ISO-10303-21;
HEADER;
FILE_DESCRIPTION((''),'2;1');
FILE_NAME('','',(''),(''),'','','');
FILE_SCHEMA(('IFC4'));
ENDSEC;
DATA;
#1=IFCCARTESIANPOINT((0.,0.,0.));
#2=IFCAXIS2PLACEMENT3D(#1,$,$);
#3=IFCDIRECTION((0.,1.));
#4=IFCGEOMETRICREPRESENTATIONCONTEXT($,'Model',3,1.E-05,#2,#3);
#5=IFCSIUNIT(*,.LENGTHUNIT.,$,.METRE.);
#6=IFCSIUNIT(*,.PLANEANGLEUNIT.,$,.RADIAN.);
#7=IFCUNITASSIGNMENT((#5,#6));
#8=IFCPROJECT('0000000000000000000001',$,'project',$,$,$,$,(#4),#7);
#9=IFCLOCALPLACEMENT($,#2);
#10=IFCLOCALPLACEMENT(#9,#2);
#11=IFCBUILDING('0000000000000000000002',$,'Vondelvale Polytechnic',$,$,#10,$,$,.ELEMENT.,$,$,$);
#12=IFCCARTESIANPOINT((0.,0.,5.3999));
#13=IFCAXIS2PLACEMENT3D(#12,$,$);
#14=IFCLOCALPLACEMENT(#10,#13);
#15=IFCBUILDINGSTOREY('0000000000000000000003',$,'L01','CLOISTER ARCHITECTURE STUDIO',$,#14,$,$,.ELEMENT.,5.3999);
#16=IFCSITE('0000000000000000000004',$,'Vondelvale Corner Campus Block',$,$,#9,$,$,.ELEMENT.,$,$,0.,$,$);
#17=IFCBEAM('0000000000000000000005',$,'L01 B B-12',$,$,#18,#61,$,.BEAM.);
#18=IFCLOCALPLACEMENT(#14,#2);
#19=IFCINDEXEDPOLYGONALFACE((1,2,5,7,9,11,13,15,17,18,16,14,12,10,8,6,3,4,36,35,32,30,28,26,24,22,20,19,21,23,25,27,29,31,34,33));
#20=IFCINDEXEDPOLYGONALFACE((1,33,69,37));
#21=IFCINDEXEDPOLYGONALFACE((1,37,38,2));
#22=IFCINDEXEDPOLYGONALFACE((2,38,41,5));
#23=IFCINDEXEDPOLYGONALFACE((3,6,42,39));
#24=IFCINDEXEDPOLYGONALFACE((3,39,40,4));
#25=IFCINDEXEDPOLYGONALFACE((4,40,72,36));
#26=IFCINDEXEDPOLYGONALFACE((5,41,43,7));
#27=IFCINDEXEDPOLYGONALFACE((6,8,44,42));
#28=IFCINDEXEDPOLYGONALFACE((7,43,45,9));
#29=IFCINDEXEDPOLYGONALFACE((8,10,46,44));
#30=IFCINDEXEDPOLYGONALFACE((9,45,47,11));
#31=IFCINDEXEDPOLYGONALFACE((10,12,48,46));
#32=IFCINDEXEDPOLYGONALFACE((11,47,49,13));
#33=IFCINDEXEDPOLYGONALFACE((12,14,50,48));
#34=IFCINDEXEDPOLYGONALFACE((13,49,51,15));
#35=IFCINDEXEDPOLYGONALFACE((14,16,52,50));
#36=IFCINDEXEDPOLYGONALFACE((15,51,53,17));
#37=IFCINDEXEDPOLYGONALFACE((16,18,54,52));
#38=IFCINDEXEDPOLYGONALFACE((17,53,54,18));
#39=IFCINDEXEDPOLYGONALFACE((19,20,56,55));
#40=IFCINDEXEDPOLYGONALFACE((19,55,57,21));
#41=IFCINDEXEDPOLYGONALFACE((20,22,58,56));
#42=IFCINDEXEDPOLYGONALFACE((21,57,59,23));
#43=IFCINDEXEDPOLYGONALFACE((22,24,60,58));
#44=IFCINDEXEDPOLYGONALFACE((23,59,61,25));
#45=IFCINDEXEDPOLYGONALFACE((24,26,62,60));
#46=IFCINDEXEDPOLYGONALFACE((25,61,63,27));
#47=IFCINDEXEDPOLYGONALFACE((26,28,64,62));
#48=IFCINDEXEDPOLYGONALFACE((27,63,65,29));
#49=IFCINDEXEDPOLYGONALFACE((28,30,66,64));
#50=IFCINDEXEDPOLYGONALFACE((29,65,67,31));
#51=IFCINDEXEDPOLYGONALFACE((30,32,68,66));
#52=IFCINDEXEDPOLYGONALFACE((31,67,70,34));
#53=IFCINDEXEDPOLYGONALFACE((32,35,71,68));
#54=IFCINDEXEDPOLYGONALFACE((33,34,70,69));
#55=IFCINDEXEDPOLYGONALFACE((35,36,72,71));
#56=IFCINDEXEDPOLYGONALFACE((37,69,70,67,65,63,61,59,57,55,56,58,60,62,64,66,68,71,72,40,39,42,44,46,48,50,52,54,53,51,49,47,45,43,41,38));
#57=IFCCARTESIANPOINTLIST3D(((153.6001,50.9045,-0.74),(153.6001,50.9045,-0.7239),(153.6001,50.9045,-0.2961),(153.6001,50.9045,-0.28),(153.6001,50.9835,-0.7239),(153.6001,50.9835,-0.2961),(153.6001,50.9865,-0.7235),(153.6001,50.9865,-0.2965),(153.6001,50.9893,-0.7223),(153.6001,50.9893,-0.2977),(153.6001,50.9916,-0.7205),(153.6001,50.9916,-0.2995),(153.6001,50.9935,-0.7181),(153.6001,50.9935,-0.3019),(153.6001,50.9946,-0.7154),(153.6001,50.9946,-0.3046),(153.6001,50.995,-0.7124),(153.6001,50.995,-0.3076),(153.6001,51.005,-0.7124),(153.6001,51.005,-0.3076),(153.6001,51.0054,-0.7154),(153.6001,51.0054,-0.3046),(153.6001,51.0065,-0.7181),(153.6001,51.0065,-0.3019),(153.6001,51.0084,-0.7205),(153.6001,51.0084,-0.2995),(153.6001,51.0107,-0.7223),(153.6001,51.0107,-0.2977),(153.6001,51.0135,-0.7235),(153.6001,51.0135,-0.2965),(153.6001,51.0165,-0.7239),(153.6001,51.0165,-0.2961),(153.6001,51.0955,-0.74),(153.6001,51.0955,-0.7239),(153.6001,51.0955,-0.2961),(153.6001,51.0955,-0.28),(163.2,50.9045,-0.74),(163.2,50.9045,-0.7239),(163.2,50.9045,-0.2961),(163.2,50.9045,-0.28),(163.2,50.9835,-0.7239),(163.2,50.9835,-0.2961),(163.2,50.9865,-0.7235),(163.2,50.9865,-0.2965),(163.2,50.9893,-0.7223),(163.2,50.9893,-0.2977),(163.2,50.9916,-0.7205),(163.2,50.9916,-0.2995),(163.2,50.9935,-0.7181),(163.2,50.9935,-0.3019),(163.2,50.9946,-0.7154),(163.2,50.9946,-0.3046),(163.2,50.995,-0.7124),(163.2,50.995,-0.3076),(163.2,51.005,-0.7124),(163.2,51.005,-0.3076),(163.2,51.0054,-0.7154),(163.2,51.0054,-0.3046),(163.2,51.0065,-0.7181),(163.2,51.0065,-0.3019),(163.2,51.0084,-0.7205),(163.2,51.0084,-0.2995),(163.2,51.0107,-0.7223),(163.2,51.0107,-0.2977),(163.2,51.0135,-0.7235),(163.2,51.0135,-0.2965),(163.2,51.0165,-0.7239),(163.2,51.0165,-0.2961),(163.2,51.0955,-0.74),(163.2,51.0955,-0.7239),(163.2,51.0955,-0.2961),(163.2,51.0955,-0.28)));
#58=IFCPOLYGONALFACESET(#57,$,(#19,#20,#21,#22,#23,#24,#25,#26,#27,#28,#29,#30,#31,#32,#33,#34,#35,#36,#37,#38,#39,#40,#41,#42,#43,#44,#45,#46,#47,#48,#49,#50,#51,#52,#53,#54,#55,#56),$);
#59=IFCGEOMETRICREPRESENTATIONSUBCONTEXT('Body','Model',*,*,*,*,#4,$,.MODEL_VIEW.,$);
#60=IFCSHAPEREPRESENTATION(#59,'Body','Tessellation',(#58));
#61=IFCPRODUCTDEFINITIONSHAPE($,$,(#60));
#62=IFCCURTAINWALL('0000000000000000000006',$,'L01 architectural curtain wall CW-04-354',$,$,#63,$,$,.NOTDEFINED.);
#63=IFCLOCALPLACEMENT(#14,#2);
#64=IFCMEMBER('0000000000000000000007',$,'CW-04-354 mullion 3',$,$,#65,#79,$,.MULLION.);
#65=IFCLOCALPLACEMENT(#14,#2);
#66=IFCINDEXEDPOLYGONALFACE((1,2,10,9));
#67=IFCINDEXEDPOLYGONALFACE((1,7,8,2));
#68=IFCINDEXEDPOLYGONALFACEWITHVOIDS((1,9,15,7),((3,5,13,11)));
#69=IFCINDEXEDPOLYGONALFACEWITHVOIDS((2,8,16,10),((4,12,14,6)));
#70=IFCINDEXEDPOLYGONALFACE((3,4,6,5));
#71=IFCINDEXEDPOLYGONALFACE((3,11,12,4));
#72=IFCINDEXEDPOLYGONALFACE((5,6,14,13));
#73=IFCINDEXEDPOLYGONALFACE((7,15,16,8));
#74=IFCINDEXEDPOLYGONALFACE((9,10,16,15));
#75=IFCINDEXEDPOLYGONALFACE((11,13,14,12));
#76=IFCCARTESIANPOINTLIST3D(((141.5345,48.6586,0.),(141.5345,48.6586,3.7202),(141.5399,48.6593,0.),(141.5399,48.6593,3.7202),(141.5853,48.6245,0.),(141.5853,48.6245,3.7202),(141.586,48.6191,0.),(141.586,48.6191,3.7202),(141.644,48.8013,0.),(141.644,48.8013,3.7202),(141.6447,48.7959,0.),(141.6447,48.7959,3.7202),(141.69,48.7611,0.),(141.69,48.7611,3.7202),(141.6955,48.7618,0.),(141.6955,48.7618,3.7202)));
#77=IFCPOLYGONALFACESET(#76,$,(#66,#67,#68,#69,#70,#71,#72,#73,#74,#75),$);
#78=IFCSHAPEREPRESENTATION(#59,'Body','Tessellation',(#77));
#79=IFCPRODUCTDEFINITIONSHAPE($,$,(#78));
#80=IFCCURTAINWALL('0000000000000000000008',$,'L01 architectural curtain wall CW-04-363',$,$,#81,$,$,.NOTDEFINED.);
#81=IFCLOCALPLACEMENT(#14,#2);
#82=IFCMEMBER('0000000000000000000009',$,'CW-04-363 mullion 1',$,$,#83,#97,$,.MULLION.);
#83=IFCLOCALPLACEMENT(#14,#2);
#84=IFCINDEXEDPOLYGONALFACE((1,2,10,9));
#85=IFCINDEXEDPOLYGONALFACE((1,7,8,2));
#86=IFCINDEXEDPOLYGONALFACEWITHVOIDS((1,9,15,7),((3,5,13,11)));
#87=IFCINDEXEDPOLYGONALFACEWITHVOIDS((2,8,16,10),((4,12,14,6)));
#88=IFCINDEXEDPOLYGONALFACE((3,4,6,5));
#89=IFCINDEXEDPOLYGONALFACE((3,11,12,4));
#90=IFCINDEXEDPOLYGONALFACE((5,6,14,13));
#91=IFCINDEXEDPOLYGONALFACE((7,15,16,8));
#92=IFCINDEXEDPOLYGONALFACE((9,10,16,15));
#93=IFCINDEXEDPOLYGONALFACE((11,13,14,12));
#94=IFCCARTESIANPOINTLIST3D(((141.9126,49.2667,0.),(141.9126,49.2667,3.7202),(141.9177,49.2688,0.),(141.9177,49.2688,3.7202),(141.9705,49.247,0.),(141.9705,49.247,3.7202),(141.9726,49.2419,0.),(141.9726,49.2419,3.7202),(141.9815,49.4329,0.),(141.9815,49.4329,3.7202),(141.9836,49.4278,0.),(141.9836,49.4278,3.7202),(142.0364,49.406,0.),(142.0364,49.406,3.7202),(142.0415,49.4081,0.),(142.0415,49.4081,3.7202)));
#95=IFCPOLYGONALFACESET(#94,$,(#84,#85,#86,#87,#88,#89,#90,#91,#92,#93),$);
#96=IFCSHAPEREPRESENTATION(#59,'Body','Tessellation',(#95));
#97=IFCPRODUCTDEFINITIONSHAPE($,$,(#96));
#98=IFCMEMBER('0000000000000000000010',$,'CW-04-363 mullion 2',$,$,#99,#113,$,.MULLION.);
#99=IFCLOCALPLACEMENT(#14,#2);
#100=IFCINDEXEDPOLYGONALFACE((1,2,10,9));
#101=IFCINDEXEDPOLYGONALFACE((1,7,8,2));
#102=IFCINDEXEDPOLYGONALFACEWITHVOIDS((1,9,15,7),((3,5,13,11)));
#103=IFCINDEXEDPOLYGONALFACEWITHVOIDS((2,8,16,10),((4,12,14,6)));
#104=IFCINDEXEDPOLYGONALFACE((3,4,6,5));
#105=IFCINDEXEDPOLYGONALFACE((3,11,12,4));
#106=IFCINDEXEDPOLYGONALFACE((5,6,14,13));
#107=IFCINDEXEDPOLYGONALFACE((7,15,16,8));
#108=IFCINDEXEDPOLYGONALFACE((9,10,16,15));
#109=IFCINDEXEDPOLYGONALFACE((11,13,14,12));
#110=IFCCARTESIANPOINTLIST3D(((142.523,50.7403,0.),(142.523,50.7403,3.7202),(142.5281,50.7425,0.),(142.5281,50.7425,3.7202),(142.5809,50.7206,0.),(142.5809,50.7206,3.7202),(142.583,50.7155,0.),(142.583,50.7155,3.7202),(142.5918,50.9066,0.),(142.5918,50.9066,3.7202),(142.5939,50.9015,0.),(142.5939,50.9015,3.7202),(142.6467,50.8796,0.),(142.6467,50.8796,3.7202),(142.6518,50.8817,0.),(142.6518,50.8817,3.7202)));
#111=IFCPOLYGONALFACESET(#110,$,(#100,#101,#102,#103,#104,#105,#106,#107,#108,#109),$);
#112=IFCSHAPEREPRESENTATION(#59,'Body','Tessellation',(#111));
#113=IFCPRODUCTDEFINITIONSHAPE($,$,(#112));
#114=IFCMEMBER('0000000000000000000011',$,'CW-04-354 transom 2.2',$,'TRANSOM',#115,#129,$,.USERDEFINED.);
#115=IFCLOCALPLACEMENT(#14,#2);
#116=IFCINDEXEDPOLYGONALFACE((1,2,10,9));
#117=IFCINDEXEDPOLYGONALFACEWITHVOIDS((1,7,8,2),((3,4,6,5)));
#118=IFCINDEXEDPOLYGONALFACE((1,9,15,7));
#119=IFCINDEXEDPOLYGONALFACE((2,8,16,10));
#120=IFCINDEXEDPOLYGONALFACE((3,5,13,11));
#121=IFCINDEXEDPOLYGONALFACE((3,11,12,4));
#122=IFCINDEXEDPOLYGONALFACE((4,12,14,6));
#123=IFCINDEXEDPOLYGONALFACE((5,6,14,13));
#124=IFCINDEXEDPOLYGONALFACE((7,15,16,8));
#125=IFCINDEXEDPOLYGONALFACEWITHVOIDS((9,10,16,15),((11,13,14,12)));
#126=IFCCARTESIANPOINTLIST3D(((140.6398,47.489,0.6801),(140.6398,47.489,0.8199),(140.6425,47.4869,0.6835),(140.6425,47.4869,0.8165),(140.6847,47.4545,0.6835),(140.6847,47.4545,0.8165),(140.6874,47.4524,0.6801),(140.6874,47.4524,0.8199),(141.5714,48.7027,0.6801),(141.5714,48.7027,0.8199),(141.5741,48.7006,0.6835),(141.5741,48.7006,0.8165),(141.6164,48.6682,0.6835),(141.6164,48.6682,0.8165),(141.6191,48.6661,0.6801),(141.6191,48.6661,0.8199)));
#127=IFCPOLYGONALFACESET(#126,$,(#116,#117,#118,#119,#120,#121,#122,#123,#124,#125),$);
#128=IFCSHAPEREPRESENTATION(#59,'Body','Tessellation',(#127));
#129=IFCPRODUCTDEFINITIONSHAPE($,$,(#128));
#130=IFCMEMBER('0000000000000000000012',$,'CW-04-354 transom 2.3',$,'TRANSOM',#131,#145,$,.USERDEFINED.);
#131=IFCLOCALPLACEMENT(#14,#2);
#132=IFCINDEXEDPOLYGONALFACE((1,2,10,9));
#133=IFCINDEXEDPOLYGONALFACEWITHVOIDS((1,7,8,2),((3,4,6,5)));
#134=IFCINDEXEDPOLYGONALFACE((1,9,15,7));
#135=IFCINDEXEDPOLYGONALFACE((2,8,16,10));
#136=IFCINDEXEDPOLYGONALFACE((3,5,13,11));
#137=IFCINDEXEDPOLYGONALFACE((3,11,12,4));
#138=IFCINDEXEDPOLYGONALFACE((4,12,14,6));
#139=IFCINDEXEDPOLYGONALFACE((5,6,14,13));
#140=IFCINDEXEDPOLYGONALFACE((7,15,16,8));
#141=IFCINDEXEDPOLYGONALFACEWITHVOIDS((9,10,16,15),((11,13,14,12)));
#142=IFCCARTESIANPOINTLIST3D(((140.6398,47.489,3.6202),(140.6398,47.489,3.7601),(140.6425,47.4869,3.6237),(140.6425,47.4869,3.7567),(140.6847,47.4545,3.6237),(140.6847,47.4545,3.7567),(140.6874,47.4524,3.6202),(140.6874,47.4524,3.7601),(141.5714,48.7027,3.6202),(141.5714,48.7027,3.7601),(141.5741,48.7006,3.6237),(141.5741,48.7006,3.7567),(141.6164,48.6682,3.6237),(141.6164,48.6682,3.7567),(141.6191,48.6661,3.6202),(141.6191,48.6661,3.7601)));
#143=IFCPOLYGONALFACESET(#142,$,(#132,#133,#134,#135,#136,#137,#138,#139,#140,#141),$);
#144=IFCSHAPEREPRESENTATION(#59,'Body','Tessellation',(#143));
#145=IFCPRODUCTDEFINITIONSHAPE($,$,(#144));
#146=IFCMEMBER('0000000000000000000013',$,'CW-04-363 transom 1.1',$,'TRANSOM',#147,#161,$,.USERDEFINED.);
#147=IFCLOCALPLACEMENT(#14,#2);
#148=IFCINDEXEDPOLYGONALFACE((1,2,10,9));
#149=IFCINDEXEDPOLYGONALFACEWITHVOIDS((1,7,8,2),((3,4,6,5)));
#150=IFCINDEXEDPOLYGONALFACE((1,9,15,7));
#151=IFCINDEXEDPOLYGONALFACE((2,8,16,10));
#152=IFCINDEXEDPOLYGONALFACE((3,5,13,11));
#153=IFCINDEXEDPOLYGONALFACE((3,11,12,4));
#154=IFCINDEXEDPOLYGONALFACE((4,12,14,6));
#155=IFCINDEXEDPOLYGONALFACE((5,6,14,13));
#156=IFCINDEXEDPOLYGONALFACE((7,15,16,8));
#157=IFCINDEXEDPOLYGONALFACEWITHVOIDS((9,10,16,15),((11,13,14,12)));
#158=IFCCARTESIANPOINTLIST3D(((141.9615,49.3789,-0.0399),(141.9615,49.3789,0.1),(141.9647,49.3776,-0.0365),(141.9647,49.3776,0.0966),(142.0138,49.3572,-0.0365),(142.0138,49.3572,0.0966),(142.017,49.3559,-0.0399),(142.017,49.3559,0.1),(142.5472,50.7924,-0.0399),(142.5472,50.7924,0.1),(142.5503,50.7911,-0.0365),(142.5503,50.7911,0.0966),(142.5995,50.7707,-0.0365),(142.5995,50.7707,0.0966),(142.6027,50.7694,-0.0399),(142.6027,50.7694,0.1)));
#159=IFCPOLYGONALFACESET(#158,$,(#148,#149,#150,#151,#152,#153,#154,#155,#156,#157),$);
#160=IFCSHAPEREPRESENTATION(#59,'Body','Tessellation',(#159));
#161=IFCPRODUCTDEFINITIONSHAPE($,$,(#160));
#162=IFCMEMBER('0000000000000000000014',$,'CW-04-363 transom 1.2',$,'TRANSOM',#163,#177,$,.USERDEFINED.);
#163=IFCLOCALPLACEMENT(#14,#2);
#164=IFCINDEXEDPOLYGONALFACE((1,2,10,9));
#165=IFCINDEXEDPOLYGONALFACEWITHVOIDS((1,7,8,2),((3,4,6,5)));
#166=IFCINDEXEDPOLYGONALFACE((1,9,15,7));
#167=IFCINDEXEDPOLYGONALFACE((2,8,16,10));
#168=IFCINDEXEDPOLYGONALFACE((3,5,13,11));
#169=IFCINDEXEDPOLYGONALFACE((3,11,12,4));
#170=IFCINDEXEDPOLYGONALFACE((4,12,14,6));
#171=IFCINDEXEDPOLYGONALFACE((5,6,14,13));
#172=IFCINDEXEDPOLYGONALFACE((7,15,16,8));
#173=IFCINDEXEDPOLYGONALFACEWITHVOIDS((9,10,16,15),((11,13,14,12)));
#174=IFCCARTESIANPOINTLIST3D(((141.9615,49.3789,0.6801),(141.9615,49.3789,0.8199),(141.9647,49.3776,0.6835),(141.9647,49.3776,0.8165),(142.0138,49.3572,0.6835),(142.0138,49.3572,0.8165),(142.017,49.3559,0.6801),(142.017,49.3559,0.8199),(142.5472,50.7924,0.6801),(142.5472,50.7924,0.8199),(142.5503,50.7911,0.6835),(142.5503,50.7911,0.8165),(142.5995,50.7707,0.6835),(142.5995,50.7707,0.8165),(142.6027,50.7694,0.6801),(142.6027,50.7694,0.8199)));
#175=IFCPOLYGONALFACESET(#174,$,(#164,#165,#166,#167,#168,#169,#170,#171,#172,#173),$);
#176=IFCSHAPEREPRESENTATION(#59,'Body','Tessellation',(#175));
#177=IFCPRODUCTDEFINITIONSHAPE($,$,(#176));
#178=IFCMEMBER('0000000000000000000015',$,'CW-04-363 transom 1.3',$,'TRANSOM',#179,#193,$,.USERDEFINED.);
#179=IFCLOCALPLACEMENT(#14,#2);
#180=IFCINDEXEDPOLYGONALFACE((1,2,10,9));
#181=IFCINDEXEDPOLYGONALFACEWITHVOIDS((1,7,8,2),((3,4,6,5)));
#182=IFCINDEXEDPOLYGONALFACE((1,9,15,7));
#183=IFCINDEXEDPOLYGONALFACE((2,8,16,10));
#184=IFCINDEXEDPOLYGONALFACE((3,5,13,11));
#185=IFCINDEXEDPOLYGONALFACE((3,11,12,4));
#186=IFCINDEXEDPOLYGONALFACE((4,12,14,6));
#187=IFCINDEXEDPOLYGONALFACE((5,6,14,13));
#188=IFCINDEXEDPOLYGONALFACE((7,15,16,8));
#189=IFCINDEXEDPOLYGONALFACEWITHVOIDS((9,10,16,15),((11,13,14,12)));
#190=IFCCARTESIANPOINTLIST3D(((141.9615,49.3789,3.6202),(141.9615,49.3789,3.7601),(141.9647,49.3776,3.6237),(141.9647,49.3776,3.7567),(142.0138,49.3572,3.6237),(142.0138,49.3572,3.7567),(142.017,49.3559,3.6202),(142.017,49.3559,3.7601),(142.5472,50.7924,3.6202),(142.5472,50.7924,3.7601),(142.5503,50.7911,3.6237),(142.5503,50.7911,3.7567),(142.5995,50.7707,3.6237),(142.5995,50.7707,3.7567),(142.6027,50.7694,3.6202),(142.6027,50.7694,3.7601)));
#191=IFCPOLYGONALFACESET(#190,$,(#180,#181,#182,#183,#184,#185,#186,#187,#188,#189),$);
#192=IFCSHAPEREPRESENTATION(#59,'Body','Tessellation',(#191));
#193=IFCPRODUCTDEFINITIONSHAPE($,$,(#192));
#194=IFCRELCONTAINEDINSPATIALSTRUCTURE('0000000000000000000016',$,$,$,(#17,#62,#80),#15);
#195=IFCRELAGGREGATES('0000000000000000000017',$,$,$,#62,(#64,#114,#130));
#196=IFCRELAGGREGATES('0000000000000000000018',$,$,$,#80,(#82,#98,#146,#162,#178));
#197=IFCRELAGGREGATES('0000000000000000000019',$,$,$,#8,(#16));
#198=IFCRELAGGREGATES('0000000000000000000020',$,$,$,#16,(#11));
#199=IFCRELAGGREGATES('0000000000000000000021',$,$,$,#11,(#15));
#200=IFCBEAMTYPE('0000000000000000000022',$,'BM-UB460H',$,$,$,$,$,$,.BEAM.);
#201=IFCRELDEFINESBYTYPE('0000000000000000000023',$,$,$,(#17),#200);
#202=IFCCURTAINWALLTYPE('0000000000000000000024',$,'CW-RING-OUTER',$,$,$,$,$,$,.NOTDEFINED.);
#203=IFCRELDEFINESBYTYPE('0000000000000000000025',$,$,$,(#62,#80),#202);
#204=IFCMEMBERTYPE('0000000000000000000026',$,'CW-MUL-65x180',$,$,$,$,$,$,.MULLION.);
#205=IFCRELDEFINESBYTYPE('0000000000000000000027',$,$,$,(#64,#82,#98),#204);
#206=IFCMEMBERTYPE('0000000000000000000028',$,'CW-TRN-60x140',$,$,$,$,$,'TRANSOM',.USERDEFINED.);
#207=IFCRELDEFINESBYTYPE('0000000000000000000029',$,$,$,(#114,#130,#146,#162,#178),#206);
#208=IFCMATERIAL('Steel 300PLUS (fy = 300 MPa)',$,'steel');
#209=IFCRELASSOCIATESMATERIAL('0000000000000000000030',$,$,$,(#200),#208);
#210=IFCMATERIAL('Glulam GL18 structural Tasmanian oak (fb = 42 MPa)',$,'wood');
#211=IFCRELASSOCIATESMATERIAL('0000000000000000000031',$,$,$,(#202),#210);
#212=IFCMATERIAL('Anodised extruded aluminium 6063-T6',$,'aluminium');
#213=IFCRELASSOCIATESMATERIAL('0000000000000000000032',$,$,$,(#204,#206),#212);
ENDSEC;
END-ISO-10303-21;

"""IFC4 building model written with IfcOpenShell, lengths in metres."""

from ifc_helpers import new_model, si_unit, direction, frame, origin, origin_2d, place, context, subcontext, project, spatial, hollow_rectangle, i_section, extrude, material, material_profile, profile_set, type_object, element, aggregate, save


model = new_model("IFC4")

# Units and contexts
model_context = context("Model", 3, precision=1e-05, world=origin(), true_north=direction((0.0, 1.0)))
body_context = subcontext(model_context, "Body", "Model", "MODEL_VIEW")
ifc_project = project(units=[si_unit("LENGTHUNIT", "METRE"), si_unit("PLANEANGLEUNIT", "RADIAN")], contexts=[model_context])

# Site, building, storey
site_placement = place(None, origin())
site = spatial("IfcSite", under=ifc_project, at=site_placement, Name="Vondelvale Corner Campus Block", CompositionType="ELEMENT", RefElevation=0.0)
building_placement = place(site_placement, origin())
building = spatial("IfcBuilding", under=site, at=building_placement, Name="Vondelvale Polytechnic", CompositionType="ELEMENT")
storey_placement = place(building_placement, frame((0.0, 0.0, 5.3999)))
storey = spatial("IfcBuildingStorey", under=building, at=storey_placement, Name="L01", Description="CLOISTER ARCHITECTURE STUDIO", CompositionType="ELEMENT", Elevation=5.3999)

# Shared definitions
ifc_material_1 = material(Name="Steel 300PLUS (fy = 300 MPa)", Category="steel")

# Beam
ifc_material_profile_1 = material_profile(ifc_material_1, i_section(OverallWidth=0.1909, OverallDepth=0.46, WebThickness=0.01, FlangeThickness=0.0161, FilletRadius=0.0115, at=origin_2d()), Name="460UB82.1")
ifc_profile_set_1 = profile_set([ifc_material_profile_1], Name="Steel 300PLUS (fy = 300 MPa)")
beam_type_1 = type_object("IfcBeamType", Name="BM-UB460H", PredefinedType="BEAM", material=ifc_profile_set_1)
beam_1_placement = place(storey_placement, frame((153.6001, 51.0, -0.51), z_axis=(1.0, 0.0, 0.0), x_axis=(0.0, 1.0, 0.0)))
element("IfcBeam", 1, at=beam_1_placement, inside=storey, type_object=beam_type_1, Name="L01 B B-12", PredefinedType="BEAM", context=body_context, shape_type="SweptSolid", body=[
    extrude(i_section(OverallWidth=0.1909, OverallDepth=0.46, WebThickness=0.01, FlangeThickness=0.0161, FilletRadius=0.0115, at=origin_2d()), origin(), (0.0, 0.0, 1.0), 9.5999),
])

# Curtain wall, member
ifc_material_2 = material(Name="Glulam GL18 structural Tasmanian oak (fb = 42 MPa)", Category="wood")
curtain_wall_type = type_object("IfcCurtainWallType", Name="CW-RING-OUTER", PredefinedType="NOTDEFINED", material=ifc_material_2)
curtain_wall_1_placement = place(storey_placement, origin())
curtain_wall_1 = element("IfcCurtainWall", 2, at=curtain_wall_1_placement, inside=storey, type_object=curtain_wall_type, Name="L01 architectural curtain wall CW-04-354", PredefinedType="NOTDEFINED")
ifc_material_3 = material(Name="Anodised extruded aluminium 6063-T6", Category="aluminium")
ifc_material_profile_2 = material_profile(ifc_material_3, hollow_rectangle(XDim=0.0649, YDim=0.1799, WallThickness=0.0039, at=origin_2d()), Name="CW-MUL-180x65")
ifc_profile_set_2 = profile_set([ifc_material_profile_2], Name="Anodised extruded aluminium 6063-T6")
member_type_1 = type_object("IfcMemberType", Name="CW-MUL-65x180", PredefinedType="MULLION", material=ifc_profile_set_2)
member_1_placement = place(storey_placement, frame((141.615, 48.7102, 0.0), z_axis=(0.0, 0.0, 1.0), x_axis=(-0.793334, 0.608787, 0.0)))
member_1 = element("IfcMember", 3, at=member_1_placement, type_object=member_type_1, Name="CW-04-354 mullion 3", PredefinedType="MULLION", context=body_context, shape_type="SweptSolid", body=[
    extrude(hollow_rectangle(XDim=0.0649, YDim=0.1799, WallThickness=0.0039, at=origin_2d()), origin(), (0.0, 0.0, 1.0), 3.7202),
])

# Curtain wall, members
curtain_wall_2_placement = place(storey_placement, origin())
curtain_wall_2 = element("IfcCurtainWall", 4, at=curtain_wall_2_placement, inside=storey, type_object=curtain_wall_type, Name="L01 architectural curtain wall CW-04-363", PredefinedType="NOTDEFINED")
member_2_placement = place(storey_placement, frame((141.9771, 49.3374, 0.0), z_axis=(0.0, 0.0, 1.0), x_axis=(-0.923882, 0.382677, 0.0)))
member_2 = element("IfcMember", 5, at=member_2_placement, type_object=member_type_1, Name="CW-04-363 mullion 1", PredefinedType="MULLION", context=body_context, shape_type="SweptSolid", body=[
    extrude(hollow_rectangle(XDim=0.0649, YDim=0.1799, WallThickness=0.0039, at=origin_2d()), origin(), (0.0, 0.0, 1.0), 3.7202),
])
member_3_placement = place(storey_placement, frame((142.5874, 50.811, 0.0), z_axis=(0.0, 0.0, 1.0), x_axis=(-0.923882, 0.382677, 0.0)))
member_3 = element("IfcMember", 6, at=member_3_placement, type_object=member_type_1, Name="CW-04-363 mullion 2", PredefinedType="MULLION", context=body_context, shape_type="SweptSolid", body=[
    extrude(hollow_rectangle(XDim=0.0649, YDim=0.1799, WallThickness=0.0039, at=origin_2d()), origin(), (0.0, 0.0, 1.0), 3.7202),
])

# Members
ifc_material_profile_3 = material_profile(ifc_material_3, hollow_rectangle(XDim=0.0601, YDim=0.1399, WallThickness=0.0034, at=origin_2d()), Name="CW-TRN-140x60")
ifc_profile_set_3 = profile_set([ifc_material_profile_3], Name="Anodised extruded aluminium 6063-T6")
member_type_2 = type_object("IfcMemberType", Name="CW-TRN-60x140", ElementType="TRANSOM", PredefinedType="USERDEFINED", material=ifc_profile_set_3)
member_4_placement = place(storey_placement, frame((140.6636, 47.4707, 0.75), z_axis=(0.608924, 0.793229, 0.0), x_axis=(-0.793229, 0.608924, 0.0)))
member_4 = element("IfcMember", 7, at=member_4_placement, type_object=member_type_2, Name="CW-04-354 transom 2.2", ObjectType="TRANSOM", PredefinedType="USERDEFINED", context=body_context, shape_type="SweptSolid", body=[
    extrude(hollow_rectangle(XDim=0.0601, YDim=0.1399, WallThickness=0.0034, at=origin_2d()), origin(), (0.0, 0.0, 1.0), 1.53),
])
member_5_placement = place(storey_placement, frame((140.6636, 47.4707, 3.6902), z_axis=(0.608924, 0.793229, 0.0), x_axis=(-0.793229, 0.608924, 0.0)))
member_5 = element("IfcMember", 8, at=member_5_placement, type_object=member_type_2, Name="CW-04-354 transom 2.3", ObjectType="TRANSOM", PredefinedType="USERDEFINED", context=body_context, shape_type="SweptSolid", body=[
    extrude(hollow_rectangle(XDim=0.0601, YDim=0.1399, WallThickness=0.0034, at=origin_2d()), origin(), (0.0, 0.0, 1.0), 1.53),
])
member_6_placement = place(storey_placement, frame((141.9893, 49.3674, 0.03), z_axis=(0.382779, 0.92384, 0.0), x_axis=(-0.92384, 0.382779, 0.0)))
member_6 = element("IfcMember", 9, at=member_6_placement, type_object=member_type_2, Name="CW-04-363 transom 1.1", ObjectType="TRANSOM", PredefinedType="USERDEFINED", context=body_context, shape_type="SweptSolid", body=[
    extrude(hollow_rectangle(XDim=0.0601, YDim=0.1399, WallThickness=0.0034, at=origin_2d()), origin(), (0.0, 0.0, 1.0), 1.53),
])
member_7_placement = place(storey_placement, frame((141.9893, 49.3674, 0.75), z_axis=(0.382779, 0.92384, 0.0), x_axis=(-0.92384, 0.382779, 0.0)))
member_7 = element("IfcMember", 10, at=member_7_placement, type_object=member_type_2, Name="CW-04-363 transom 1.2", ObjectType="TRANSOM", PredefinedType="USERDEFINED", context=body_context, shape_type="SweptSolid", body=[
    extrude(hollow_rectangle(XDim=0.0601, YDim=0.1399, WallThickness=0.0034, at=origin_2d()), origin(), (0.0, 0.0, 1.0), 1.53),
])
member_8_placement = place(storey_placement, frame((141.9893, 49.3674, 3.6902), z_axis=(0.382779, 0.92384, 0.0), x_axis=(-0.92384, 0.382779, 0.0)))
member_8 = element("IfcMember", 11, at=member_8_placement, type_object=member_type_2, Name="CW-04-363 transom 1.3", ObjectType="TRANSOM", PredefinedType="USERDEFINED", context=body_context, shape_type="SweptSolid", body=[
    extrude(hollow_rectangle(XDim=0.0601, YDim=0.1399, WallThickness=0.0034, at=origin_2d()), origin(), (0.0, 0.0, 1.0), 1.53),
])

aggregate(curtain_wall_1, [member_1, member_4, member_5])
aggregate(curtain_wall_2, [member_2, member_3, member_6, member_7, member_8])

save(model, "model.ifc")
